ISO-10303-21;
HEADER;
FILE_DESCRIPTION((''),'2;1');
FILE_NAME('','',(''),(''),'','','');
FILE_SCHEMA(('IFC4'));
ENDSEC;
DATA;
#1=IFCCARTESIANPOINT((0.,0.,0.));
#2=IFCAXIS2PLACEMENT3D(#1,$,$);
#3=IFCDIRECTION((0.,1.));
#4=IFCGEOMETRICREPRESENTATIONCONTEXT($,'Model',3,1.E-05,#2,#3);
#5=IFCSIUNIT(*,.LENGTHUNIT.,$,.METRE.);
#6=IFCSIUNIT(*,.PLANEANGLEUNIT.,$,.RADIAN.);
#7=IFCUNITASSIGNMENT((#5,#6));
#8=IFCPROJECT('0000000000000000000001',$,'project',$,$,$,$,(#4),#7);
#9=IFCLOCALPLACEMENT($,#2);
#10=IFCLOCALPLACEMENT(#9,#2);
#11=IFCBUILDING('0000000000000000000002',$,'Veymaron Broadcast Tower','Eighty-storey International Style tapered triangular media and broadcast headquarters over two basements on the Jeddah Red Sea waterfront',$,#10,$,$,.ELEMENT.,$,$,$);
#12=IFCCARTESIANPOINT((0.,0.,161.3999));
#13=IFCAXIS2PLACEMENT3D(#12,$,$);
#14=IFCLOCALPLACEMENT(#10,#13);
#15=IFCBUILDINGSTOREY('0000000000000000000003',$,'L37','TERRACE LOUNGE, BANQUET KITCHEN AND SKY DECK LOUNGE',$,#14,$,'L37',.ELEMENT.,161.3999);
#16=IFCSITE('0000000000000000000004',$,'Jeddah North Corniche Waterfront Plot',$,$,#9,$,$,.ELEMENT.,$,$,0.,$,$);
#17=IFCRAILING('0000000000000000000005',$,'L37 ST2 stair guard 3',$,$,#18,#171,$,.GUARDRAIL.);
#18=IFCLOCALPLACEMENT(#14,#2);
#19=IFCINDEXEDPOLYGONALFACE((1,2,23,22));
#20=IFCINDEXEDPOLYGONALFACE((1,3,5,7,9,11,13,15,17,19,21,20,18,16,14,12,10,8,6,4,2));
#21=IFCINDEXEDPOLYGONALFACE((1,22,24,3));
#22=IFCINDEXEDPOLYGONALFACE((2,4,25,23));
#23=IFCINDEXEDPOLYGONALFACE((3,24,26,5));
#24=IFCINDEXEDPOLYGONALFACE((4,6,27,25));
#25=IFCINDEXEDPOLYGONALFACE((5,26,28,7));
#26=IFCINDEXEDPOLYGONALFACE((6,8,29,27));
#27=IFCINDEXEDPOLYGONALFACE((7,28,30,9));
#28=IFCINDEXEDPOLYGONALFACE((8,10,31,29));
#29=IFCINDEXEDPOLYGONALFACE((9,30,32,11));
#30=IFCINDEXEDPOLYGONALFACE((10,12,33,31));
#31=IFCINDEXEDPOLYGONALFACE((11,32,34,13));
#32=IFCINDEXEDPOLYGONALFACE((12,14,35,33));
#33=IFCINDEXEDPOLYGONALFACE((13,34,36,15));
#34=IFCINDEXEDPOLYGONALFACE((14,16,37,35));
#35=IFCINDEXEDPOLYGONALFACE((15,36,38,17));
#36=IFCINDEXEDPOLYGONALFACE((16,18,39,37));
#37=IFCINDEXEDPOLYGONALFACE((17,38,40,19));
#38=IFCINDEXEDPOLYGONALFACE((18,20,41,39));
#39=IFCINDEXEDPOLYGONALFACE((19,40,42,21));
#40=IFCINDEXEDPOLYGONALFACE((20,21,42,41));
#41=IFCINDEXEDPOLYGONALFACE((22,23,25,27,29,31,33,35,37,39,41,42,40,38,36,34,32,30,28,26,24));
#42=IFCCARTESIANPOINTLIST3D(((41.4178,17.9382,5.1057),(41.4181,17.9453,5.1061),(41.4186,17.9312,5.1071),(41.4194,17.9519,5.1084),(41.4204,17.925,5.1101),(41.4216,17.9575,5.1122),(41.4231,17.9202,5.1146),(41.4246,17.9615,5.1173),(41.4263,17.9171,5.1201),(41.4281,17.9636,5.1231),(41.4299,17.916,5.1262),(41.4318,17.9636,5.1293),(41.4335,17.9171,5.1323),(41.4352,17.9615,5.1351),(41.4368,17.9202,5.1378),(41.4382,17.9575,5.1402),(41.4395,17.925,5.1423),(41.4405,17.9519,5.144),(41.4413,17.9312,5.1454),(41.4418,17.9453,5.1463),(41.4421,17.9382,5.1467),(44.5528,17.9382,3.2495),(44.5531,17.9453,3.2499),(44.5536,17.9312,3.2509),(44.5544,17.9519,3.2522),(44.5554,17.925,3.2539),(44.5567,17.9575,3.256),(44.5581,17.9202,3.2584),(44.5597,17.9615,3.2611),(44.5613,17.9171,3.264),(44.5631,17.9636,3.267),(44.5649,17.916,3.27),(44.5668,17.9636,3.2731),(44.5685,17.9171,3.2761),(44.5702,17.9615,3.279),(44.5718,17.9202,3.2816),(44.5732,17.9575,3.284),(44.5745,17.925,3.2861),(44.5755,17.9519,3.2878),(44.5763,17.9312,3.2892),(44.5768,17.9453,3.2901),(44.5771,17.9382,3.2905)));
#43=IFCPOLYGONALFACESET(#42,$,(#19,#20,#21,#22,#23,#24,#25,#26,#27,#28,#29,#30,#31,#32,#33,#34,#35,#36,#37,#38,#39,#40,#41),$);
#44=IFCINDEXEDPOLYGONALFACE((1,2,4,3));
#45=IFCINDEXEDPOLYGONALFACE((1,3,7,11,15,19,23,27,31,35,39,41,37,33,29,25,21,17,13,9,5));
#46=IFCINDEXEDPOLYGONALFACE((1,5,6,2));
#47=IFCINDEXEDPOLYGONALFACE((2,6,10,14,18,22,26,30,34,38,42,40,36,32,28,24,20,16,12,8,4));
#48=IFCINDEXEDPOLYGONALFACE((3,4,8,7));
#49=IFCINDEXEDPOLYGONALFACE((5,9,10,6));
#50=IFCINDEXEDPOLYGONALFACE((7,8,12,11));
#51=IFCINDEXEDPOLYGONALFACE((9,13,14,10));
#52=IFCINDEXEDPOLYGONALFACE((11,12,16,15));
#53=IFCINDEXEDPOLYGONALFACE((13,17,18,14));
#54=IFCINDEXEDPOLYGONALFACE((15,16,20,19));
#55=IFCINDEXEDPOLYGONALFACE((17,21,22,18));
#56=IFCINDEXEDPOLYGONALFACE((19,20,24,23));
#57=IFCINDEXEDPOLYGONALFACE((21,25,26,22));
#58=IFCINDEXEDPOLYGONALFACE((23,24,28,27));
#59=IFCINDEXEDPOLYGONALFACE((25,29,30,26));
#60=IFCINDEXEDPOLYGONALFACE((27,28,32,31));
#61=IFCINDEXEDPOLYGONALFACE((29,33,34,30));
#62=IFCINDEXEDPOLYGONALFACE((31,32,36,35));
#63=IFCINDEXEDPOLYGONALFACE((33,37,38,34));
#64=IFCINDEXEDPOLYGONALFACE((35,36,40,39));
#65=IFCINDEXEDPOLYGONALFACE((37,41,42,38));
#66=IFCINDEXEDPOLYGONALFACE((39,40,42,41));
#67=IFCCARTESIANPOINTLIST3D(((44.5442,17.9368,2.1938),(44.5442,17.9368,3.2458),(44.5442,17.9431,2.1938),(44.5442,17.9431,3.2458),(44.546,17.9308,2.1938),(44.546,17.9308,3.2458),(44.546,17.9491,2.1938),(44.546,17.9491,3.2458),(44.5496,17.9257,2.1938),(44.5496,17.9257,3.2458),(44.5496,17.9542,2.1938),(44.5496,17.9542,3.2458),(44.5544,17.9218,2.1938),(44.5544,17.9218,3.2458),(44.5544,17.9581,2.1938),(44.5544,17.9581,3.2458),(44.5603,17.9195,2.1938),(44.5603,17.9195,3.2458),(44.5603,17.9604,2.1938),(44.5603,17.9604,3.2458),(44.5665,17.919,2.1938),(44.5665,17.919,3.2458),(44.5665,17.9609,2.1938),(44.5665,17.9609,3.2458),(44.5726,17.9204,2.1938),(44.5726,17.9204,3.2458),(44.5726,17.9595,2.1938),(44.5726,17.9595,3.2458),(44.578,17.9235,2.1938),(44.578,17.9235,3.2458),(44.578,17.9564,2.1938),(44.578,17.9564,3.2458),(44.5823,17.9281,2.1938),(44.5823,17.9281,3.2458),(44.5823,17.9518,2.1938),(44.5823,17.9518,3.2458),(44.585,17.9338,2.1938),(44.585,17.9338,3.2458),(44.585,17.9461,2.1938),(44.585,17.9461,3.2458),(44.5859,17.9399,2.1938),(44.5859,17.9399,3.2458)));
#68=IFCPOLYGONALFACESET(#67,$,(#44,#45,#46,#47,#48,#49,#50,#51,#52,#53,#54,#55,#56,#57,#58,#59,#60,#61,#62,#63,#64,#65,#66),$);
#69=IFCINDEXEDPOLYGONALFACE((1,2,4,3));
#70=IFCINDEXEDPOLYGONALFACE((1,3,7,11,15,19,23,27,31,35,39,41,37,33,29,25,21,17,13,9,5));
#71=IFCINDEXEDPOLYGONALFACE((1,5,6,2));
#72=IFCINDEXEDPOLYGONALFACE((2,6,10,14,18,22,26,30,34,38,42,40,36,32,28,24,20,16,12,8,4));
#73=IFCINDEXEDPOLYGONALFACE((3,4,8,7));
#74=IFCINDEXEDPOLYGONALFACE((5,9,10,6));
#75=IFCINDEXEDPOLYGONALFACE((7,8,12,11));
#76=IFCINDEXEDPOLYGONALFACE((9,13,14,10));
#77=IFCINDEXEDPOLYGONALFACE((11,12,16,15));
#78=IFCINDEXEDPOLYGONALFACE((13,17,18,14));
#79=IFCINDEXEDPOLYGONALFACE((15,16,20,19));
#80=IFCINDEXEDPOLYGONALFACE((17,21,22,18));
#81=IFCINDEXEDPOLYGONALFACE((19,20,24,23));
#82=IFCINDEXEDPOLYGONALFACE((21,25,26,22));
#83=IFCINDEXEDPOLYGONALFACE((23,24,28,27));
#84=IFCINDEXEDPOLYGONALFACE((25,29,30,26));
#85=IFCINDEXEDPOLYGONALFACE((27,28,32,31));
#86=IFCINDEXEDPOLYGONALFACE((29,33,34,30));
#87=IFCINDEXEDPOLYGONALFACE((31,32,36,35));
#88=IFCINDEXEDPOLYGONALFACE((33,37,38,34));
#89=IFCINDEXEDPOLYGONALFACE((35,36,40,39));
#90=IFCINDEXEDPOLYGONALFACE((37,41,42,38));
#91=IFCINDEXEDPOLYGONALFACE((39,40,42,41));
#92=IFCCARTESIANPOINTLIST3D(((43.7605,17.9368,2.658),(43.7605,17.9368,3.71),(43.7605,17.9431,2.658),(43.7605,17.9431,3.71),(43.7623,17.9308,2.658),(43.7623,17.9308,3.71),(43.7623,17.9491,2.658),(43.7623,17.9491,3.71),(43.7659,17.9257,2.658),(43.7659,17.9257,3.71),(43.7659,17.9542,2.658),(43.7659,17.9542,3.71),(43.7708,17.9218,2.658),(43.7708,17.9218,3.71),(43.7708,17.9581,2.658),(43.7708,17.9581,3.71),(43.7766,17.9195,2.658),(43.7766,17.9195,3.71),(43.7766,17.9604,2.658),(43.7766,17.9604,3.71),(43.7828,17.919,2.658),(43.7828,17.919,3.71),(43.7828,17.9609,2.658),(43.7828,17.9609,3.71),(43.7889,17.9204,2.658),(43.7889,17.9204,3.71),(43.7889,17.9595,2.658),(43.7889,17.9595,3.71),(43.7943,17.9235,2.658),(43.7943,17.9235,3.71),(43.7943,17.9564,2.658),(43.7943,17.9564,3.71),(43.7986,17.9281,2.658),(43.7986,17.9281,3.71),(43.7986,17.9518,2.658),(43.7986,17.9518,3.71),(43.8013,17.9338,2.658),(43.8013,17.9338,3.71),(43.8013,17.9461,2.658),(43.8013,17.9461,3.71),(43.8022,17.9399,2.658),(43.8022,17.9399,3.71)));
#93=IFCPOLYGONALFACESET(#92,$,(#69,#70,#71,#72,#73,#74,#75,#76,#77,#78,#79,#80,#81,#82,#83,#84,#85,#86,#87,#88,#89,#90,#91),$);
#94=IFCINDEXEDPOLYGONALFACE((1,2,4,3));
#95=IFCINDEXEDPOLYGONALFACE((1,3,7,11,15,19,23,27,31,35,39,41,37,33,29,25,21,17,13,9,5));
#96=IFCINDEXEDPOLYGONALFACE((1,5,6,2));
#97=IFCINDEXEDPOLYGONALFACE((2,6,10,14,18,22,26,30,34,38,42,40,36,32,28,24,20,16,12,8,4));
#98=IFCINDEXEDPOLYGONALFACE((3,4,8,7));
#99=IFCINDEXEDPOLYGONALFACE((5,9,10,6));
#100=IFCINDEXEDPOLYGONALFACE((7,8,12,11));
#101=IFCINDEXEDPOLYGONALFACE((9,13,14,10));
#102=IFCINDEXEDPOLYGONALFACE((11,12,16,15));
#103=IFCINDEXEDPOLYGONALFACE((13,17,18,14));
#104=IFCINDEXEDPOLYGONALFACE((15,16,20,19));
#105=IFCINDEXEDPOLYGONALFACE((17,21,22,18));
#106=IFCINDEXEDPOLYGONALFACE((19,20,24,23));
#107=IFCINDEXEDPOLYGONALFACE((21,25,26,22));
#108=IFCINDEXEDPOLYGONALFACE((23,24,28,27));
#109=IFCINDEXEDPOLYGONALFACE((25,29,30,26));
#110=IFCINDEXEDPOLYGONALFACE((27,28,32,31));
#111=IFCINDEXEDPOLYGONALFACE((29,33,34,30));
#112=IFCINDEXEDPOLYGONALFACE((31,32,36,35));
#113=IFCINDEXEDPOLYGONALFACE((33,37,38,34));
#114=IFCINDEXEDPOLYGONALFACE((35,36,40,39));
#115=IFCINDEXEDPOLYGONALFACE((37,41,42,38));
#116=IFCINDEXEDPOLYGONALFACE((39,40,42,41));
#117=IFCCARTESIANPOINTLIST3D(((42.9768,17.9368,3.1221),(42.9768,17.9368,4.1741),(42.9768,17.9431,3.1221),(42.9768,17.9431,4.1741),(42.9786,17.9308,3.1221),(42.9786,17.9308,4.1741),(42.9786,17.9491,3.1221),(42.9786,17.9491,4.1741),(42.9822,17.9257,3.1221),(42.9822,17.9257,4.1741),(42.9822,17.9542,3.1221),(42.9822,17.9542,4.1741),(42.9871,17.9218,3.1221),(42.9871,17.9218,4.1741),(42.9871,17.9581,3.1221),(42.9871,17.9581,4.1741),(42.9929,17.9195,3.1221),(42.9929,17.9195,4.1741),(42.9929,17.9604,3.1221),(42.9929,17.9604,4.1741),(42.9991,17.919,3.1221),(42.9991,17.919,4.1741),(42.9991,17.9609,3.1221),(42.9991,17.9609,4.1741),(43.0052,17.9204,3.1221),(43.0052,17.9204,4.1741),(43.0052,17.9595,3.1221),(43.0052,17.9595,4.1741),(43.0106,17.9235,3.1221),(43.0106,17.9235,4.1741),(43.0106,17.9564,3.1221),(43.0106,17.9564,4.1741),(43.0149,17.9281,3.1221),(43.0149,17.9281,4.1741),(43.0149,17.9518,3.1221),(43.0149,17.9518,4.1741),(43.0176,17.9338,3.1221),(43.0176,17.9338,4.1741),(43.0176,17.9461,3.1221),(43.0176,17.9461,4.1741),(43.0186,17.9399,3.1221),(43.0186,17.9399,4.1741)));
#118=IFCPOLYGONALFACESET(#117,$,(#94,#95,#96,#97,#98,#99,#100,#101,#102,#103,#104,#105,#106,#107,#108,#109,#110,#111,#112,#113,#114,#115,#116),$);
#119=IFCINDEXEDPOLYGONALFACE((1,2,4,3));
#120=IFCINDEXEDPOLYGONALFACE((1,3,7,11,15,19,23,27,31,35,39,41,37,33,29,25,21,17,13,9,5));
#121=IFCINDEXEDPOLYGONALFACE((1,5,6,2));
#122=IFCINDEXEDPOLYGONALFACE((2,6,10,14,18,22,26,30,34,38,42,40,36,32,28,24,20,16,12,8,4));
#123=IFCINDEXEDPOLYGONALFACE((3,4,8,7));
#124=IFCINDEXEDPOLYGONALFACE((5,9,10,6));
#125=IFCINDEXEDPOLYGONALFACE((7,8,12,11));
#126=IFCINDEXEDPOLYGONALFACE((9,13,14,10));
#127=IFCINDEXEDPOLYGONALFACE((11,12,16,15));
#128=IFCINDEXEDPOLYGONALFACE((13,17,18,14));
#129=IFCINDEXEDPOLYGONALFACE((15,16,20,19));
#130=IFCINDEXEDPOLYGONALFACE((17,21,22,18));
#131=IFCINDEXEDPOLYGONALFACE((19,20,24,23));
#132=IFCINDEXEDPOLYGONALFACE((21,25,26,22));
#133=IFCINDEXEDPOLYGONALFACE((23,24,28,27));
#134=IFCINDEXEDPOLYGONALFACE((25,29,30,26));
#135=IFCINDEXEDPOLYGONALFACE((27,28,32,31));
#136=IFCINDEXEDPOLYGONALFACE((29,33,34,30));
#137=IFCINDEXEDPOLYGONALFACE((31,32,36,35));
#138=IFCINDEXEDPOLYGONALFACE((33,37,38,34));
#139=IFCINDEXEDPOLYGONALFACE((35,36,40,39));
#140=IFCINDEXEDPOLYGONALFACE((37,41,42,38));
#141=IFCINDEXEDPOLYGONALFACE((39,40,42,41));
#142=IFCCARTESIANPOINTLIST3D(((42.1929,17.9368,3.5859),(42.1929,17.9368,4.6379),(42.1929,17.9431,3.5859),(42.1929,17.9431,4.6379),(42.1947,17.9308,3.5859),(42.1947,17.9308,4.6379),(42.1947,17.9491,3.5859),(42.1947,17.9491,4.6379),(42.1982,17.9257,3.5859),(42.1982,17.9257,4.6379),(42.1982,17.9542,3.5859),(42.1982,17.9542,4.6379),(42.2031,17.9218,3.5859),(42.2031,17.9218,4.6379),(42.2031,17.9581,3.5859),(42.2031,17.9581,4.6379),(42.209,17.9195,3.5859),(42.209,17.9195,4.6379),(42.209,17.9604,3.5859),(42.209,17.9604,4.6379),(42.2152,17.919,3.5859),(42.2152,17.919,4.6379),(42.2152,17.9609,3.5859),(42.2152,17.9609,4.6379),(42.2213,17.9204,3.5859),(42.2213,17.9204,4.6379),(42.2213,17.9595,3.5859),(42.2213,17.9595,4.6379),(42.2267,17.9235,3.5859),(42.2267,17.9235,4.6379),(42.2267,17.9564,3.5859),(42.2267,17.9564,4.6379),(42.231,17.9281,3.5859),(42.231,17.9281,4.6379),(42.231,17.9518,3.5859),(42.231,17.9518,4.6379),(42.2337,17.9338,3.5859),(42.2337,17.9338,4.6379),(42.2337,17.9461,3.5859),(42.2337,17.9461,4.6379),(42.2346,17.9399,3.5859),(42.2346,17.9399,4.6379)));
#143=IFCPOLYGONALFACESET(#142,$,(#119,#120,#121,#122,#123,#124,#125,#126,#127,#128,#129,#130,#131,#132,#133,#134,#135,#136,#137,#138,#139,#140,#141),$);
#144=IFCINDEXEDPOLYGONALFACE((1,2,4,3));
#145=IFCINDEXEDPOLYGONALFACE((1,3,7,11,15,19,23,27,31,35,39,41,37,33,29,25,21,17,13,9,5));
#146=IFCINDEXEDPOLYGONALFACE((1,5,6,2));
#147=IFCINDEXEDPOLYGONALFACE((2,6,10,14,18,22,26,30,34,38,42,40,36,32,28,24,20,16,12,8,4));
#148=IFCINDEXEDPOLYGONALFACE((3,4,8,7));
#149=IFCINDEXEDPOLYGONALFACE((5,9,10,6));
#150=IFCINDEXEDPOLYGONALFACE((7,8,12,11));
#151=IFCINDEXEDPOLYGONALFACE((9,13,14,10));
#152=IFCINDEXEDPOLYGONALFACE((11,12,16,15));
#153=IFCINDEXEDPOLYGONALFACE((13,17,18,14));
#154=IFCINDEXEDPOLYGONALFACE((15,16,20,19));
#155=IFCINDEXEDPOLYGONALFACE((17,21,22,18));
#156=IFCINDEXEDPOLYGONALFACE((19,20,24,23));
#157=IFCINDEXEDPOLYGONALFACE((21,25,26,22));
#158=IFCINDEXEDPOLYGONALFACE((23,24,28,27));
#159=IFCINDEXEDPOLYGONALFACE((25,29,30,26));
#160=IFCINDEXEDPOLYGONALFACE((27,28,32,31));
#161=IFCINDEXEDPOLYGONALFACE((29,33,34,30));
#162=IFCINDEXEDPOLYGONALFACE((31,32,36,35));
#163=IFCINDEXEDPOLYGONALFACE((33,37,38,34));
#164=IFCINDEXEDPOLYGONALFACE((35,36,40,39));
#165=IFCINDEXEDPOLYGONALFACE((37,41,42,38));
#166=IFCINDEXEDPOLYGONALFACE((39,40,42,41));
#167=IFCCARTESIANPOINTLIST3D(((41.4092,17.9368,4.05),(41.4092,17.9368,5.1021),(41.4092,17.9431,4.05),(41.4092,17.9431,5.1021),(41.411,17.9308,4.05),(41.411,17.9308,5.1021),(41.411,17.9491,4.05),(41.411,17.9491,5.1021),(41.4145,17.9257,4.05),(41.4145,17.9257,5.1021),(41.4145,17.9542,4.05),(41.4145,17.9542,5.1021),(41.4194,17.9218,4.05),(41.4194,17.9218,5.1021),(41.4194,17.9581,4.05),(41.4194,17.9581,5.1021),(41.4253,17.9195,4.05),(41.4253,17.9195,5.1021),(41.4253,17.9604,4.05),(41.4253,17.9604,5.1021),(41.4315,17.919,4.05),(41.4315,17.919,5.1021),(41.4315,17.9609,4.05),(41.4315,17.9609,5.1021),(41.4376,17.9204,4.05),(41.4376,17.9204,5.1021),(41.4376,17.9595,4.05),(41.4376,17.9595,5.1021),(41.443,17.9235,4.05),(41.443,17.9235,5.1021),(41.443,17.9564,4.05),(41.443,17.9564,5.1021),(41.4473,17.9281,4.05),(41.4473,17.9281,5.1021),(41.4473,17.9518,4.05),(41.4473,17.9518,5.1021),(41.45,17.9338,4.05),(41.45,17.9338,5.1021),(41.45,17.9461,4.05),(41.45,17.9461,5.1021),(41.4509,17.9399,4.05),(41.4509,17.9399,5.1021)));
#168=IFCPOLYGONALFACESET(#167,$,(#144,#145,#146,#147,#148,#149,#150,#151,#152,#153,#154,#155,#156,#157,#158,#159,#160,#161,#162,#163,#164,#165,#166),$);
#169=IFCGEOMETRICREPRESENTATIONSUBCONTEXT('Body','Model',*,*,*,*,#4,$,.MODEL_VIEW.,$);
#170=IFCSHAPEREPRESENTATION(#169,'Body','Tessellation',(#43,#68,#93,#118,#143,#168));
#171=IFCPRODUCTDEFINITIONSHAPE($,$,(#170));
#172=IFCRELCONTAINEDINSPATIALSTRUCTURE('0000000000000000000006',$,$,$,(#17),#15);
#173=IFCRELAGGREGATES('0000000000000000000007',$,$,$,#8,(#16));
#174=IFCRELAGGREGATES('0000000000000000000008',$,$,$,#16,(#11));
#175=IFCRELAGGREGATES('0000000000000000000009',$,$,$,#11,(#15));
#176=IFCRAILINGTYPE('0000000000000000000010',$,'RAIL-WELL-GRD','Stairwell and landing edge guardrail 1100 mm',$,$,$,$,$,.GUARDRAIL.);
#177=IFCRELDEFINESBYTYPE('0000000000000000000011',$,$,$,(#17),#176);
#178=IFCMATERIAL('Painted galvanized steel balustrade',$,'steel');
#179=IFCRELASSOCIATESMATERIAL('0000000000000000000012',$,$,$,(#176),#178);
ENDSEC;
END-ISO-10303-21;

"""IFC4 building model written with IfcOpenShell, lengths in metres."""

from ifc_helpers import new_model, si_unit, direction, frame, origin, origin_2d, place, context, subcontext, project, spatial, circle, extrude, material, type_object, element, save


model = new_model("IFC4")

# Units and contexts
model_context = context("Model", 3, precision=1e-05, world=origin(), true_north=direction((0.0, 1.0)))
body_context = subcontext(model_context, "Body", "Model", "MODEL_VIEW")
ifc_project = project(units=[si_unit("LENGTHUNIT", "METRE"), si_unit("PLANEANGLEUNIT", "RADIAN")], contexts=[model_context])

# Site, building, storey
site_placement = place(None, origin())
site = spatial("IfcSite", under=ifc_project, at=site_placement, Name="Jeddah North Corniche Waterfront Plot", CompositionType="ELEMENT", RefElevation=0.0)
building_placement = place(site_placement, origin())
building = spatial("IfcBuilding", under=site, at=building_placement, Name="Veymaron Broadcast Tower", Description="Eighty-storey International Style tapered triangular media and broadcast headquarters over two basements on the Jeddah Red Sea waterfront", CompositionType="ELEMENT")
storey_placement = place(building_placement, frame((0.0, 0.0, 161.3999)))
storey = spatial("IfcBuildingStorey", under=building, at=storey_placement, Name="L37", Description="TERRACE LOUNGE, BANQUET KITCHEN AND SKY DECK LOUNGE", LongName="L37", CompositionType="ELEMENT", Elevation=161.3999)

# Railing
ifc_material_1 = material(Name="Painted galvanized steel balustrade", Category="steel")
railing_type_1 = type_object("IfcRailingType", Name="RAIL-WELL-GRD", Description="Stairwell and landing edge guardrail 1100 mm", PredefinedType="GUARDRAIL", material=ifc_material_1)
railing_1_placement = place(storey_placement, frame((44.5649, 17.9399, 2.1938)))
element("IfcRailing", 1, at=railing_1_placement, inside=storey, type_object=railing_type_1, Name="L37 ST2 stair guard 3", PredefinedType="GUARDRAIL", context=body_context, shape_type="SweptSolid", body=[
    extrude(circle(Radius=0.0239, at=origin_2d()), frame((0.0, 0.0, 1.0762), z_axis=(-0.860482, 0.0, 0.509481), x_axis=(0.0, -1.0, 0.0)), (0.0, 0.0, 1.0), 3.6433),
    extrude(circle(Radius=0.021, at=origin_2d()), origin(), (0.0, 0.0, 1.0), 1.052),
    extrude(circle(Radius=0.021, at=origin_2d()), frame((-0.7837, 0.0, 0.4641)), (0.0, 0.0, 1.0), 1.052),
    extrude(circle(Radius=0.021, at=origin_2d()), frame((-1.5674, 0.0, 0.9282)), (0.0, 0.0, 1.0), 1.052),
    extrude(circle(Radius=0.021, at=origin_2d()), frame((-2.3513, 0.0, 1.3921)), (0.0, 0.0, 1.0), 1.052),
    extrude(circle(Radius=0.021, at=origin_2d()), frame((-3.135, 0.0, 1.8562)), (0.0, 0.0, 1.0), 1.052),
])

save(model, "model.ifc")
